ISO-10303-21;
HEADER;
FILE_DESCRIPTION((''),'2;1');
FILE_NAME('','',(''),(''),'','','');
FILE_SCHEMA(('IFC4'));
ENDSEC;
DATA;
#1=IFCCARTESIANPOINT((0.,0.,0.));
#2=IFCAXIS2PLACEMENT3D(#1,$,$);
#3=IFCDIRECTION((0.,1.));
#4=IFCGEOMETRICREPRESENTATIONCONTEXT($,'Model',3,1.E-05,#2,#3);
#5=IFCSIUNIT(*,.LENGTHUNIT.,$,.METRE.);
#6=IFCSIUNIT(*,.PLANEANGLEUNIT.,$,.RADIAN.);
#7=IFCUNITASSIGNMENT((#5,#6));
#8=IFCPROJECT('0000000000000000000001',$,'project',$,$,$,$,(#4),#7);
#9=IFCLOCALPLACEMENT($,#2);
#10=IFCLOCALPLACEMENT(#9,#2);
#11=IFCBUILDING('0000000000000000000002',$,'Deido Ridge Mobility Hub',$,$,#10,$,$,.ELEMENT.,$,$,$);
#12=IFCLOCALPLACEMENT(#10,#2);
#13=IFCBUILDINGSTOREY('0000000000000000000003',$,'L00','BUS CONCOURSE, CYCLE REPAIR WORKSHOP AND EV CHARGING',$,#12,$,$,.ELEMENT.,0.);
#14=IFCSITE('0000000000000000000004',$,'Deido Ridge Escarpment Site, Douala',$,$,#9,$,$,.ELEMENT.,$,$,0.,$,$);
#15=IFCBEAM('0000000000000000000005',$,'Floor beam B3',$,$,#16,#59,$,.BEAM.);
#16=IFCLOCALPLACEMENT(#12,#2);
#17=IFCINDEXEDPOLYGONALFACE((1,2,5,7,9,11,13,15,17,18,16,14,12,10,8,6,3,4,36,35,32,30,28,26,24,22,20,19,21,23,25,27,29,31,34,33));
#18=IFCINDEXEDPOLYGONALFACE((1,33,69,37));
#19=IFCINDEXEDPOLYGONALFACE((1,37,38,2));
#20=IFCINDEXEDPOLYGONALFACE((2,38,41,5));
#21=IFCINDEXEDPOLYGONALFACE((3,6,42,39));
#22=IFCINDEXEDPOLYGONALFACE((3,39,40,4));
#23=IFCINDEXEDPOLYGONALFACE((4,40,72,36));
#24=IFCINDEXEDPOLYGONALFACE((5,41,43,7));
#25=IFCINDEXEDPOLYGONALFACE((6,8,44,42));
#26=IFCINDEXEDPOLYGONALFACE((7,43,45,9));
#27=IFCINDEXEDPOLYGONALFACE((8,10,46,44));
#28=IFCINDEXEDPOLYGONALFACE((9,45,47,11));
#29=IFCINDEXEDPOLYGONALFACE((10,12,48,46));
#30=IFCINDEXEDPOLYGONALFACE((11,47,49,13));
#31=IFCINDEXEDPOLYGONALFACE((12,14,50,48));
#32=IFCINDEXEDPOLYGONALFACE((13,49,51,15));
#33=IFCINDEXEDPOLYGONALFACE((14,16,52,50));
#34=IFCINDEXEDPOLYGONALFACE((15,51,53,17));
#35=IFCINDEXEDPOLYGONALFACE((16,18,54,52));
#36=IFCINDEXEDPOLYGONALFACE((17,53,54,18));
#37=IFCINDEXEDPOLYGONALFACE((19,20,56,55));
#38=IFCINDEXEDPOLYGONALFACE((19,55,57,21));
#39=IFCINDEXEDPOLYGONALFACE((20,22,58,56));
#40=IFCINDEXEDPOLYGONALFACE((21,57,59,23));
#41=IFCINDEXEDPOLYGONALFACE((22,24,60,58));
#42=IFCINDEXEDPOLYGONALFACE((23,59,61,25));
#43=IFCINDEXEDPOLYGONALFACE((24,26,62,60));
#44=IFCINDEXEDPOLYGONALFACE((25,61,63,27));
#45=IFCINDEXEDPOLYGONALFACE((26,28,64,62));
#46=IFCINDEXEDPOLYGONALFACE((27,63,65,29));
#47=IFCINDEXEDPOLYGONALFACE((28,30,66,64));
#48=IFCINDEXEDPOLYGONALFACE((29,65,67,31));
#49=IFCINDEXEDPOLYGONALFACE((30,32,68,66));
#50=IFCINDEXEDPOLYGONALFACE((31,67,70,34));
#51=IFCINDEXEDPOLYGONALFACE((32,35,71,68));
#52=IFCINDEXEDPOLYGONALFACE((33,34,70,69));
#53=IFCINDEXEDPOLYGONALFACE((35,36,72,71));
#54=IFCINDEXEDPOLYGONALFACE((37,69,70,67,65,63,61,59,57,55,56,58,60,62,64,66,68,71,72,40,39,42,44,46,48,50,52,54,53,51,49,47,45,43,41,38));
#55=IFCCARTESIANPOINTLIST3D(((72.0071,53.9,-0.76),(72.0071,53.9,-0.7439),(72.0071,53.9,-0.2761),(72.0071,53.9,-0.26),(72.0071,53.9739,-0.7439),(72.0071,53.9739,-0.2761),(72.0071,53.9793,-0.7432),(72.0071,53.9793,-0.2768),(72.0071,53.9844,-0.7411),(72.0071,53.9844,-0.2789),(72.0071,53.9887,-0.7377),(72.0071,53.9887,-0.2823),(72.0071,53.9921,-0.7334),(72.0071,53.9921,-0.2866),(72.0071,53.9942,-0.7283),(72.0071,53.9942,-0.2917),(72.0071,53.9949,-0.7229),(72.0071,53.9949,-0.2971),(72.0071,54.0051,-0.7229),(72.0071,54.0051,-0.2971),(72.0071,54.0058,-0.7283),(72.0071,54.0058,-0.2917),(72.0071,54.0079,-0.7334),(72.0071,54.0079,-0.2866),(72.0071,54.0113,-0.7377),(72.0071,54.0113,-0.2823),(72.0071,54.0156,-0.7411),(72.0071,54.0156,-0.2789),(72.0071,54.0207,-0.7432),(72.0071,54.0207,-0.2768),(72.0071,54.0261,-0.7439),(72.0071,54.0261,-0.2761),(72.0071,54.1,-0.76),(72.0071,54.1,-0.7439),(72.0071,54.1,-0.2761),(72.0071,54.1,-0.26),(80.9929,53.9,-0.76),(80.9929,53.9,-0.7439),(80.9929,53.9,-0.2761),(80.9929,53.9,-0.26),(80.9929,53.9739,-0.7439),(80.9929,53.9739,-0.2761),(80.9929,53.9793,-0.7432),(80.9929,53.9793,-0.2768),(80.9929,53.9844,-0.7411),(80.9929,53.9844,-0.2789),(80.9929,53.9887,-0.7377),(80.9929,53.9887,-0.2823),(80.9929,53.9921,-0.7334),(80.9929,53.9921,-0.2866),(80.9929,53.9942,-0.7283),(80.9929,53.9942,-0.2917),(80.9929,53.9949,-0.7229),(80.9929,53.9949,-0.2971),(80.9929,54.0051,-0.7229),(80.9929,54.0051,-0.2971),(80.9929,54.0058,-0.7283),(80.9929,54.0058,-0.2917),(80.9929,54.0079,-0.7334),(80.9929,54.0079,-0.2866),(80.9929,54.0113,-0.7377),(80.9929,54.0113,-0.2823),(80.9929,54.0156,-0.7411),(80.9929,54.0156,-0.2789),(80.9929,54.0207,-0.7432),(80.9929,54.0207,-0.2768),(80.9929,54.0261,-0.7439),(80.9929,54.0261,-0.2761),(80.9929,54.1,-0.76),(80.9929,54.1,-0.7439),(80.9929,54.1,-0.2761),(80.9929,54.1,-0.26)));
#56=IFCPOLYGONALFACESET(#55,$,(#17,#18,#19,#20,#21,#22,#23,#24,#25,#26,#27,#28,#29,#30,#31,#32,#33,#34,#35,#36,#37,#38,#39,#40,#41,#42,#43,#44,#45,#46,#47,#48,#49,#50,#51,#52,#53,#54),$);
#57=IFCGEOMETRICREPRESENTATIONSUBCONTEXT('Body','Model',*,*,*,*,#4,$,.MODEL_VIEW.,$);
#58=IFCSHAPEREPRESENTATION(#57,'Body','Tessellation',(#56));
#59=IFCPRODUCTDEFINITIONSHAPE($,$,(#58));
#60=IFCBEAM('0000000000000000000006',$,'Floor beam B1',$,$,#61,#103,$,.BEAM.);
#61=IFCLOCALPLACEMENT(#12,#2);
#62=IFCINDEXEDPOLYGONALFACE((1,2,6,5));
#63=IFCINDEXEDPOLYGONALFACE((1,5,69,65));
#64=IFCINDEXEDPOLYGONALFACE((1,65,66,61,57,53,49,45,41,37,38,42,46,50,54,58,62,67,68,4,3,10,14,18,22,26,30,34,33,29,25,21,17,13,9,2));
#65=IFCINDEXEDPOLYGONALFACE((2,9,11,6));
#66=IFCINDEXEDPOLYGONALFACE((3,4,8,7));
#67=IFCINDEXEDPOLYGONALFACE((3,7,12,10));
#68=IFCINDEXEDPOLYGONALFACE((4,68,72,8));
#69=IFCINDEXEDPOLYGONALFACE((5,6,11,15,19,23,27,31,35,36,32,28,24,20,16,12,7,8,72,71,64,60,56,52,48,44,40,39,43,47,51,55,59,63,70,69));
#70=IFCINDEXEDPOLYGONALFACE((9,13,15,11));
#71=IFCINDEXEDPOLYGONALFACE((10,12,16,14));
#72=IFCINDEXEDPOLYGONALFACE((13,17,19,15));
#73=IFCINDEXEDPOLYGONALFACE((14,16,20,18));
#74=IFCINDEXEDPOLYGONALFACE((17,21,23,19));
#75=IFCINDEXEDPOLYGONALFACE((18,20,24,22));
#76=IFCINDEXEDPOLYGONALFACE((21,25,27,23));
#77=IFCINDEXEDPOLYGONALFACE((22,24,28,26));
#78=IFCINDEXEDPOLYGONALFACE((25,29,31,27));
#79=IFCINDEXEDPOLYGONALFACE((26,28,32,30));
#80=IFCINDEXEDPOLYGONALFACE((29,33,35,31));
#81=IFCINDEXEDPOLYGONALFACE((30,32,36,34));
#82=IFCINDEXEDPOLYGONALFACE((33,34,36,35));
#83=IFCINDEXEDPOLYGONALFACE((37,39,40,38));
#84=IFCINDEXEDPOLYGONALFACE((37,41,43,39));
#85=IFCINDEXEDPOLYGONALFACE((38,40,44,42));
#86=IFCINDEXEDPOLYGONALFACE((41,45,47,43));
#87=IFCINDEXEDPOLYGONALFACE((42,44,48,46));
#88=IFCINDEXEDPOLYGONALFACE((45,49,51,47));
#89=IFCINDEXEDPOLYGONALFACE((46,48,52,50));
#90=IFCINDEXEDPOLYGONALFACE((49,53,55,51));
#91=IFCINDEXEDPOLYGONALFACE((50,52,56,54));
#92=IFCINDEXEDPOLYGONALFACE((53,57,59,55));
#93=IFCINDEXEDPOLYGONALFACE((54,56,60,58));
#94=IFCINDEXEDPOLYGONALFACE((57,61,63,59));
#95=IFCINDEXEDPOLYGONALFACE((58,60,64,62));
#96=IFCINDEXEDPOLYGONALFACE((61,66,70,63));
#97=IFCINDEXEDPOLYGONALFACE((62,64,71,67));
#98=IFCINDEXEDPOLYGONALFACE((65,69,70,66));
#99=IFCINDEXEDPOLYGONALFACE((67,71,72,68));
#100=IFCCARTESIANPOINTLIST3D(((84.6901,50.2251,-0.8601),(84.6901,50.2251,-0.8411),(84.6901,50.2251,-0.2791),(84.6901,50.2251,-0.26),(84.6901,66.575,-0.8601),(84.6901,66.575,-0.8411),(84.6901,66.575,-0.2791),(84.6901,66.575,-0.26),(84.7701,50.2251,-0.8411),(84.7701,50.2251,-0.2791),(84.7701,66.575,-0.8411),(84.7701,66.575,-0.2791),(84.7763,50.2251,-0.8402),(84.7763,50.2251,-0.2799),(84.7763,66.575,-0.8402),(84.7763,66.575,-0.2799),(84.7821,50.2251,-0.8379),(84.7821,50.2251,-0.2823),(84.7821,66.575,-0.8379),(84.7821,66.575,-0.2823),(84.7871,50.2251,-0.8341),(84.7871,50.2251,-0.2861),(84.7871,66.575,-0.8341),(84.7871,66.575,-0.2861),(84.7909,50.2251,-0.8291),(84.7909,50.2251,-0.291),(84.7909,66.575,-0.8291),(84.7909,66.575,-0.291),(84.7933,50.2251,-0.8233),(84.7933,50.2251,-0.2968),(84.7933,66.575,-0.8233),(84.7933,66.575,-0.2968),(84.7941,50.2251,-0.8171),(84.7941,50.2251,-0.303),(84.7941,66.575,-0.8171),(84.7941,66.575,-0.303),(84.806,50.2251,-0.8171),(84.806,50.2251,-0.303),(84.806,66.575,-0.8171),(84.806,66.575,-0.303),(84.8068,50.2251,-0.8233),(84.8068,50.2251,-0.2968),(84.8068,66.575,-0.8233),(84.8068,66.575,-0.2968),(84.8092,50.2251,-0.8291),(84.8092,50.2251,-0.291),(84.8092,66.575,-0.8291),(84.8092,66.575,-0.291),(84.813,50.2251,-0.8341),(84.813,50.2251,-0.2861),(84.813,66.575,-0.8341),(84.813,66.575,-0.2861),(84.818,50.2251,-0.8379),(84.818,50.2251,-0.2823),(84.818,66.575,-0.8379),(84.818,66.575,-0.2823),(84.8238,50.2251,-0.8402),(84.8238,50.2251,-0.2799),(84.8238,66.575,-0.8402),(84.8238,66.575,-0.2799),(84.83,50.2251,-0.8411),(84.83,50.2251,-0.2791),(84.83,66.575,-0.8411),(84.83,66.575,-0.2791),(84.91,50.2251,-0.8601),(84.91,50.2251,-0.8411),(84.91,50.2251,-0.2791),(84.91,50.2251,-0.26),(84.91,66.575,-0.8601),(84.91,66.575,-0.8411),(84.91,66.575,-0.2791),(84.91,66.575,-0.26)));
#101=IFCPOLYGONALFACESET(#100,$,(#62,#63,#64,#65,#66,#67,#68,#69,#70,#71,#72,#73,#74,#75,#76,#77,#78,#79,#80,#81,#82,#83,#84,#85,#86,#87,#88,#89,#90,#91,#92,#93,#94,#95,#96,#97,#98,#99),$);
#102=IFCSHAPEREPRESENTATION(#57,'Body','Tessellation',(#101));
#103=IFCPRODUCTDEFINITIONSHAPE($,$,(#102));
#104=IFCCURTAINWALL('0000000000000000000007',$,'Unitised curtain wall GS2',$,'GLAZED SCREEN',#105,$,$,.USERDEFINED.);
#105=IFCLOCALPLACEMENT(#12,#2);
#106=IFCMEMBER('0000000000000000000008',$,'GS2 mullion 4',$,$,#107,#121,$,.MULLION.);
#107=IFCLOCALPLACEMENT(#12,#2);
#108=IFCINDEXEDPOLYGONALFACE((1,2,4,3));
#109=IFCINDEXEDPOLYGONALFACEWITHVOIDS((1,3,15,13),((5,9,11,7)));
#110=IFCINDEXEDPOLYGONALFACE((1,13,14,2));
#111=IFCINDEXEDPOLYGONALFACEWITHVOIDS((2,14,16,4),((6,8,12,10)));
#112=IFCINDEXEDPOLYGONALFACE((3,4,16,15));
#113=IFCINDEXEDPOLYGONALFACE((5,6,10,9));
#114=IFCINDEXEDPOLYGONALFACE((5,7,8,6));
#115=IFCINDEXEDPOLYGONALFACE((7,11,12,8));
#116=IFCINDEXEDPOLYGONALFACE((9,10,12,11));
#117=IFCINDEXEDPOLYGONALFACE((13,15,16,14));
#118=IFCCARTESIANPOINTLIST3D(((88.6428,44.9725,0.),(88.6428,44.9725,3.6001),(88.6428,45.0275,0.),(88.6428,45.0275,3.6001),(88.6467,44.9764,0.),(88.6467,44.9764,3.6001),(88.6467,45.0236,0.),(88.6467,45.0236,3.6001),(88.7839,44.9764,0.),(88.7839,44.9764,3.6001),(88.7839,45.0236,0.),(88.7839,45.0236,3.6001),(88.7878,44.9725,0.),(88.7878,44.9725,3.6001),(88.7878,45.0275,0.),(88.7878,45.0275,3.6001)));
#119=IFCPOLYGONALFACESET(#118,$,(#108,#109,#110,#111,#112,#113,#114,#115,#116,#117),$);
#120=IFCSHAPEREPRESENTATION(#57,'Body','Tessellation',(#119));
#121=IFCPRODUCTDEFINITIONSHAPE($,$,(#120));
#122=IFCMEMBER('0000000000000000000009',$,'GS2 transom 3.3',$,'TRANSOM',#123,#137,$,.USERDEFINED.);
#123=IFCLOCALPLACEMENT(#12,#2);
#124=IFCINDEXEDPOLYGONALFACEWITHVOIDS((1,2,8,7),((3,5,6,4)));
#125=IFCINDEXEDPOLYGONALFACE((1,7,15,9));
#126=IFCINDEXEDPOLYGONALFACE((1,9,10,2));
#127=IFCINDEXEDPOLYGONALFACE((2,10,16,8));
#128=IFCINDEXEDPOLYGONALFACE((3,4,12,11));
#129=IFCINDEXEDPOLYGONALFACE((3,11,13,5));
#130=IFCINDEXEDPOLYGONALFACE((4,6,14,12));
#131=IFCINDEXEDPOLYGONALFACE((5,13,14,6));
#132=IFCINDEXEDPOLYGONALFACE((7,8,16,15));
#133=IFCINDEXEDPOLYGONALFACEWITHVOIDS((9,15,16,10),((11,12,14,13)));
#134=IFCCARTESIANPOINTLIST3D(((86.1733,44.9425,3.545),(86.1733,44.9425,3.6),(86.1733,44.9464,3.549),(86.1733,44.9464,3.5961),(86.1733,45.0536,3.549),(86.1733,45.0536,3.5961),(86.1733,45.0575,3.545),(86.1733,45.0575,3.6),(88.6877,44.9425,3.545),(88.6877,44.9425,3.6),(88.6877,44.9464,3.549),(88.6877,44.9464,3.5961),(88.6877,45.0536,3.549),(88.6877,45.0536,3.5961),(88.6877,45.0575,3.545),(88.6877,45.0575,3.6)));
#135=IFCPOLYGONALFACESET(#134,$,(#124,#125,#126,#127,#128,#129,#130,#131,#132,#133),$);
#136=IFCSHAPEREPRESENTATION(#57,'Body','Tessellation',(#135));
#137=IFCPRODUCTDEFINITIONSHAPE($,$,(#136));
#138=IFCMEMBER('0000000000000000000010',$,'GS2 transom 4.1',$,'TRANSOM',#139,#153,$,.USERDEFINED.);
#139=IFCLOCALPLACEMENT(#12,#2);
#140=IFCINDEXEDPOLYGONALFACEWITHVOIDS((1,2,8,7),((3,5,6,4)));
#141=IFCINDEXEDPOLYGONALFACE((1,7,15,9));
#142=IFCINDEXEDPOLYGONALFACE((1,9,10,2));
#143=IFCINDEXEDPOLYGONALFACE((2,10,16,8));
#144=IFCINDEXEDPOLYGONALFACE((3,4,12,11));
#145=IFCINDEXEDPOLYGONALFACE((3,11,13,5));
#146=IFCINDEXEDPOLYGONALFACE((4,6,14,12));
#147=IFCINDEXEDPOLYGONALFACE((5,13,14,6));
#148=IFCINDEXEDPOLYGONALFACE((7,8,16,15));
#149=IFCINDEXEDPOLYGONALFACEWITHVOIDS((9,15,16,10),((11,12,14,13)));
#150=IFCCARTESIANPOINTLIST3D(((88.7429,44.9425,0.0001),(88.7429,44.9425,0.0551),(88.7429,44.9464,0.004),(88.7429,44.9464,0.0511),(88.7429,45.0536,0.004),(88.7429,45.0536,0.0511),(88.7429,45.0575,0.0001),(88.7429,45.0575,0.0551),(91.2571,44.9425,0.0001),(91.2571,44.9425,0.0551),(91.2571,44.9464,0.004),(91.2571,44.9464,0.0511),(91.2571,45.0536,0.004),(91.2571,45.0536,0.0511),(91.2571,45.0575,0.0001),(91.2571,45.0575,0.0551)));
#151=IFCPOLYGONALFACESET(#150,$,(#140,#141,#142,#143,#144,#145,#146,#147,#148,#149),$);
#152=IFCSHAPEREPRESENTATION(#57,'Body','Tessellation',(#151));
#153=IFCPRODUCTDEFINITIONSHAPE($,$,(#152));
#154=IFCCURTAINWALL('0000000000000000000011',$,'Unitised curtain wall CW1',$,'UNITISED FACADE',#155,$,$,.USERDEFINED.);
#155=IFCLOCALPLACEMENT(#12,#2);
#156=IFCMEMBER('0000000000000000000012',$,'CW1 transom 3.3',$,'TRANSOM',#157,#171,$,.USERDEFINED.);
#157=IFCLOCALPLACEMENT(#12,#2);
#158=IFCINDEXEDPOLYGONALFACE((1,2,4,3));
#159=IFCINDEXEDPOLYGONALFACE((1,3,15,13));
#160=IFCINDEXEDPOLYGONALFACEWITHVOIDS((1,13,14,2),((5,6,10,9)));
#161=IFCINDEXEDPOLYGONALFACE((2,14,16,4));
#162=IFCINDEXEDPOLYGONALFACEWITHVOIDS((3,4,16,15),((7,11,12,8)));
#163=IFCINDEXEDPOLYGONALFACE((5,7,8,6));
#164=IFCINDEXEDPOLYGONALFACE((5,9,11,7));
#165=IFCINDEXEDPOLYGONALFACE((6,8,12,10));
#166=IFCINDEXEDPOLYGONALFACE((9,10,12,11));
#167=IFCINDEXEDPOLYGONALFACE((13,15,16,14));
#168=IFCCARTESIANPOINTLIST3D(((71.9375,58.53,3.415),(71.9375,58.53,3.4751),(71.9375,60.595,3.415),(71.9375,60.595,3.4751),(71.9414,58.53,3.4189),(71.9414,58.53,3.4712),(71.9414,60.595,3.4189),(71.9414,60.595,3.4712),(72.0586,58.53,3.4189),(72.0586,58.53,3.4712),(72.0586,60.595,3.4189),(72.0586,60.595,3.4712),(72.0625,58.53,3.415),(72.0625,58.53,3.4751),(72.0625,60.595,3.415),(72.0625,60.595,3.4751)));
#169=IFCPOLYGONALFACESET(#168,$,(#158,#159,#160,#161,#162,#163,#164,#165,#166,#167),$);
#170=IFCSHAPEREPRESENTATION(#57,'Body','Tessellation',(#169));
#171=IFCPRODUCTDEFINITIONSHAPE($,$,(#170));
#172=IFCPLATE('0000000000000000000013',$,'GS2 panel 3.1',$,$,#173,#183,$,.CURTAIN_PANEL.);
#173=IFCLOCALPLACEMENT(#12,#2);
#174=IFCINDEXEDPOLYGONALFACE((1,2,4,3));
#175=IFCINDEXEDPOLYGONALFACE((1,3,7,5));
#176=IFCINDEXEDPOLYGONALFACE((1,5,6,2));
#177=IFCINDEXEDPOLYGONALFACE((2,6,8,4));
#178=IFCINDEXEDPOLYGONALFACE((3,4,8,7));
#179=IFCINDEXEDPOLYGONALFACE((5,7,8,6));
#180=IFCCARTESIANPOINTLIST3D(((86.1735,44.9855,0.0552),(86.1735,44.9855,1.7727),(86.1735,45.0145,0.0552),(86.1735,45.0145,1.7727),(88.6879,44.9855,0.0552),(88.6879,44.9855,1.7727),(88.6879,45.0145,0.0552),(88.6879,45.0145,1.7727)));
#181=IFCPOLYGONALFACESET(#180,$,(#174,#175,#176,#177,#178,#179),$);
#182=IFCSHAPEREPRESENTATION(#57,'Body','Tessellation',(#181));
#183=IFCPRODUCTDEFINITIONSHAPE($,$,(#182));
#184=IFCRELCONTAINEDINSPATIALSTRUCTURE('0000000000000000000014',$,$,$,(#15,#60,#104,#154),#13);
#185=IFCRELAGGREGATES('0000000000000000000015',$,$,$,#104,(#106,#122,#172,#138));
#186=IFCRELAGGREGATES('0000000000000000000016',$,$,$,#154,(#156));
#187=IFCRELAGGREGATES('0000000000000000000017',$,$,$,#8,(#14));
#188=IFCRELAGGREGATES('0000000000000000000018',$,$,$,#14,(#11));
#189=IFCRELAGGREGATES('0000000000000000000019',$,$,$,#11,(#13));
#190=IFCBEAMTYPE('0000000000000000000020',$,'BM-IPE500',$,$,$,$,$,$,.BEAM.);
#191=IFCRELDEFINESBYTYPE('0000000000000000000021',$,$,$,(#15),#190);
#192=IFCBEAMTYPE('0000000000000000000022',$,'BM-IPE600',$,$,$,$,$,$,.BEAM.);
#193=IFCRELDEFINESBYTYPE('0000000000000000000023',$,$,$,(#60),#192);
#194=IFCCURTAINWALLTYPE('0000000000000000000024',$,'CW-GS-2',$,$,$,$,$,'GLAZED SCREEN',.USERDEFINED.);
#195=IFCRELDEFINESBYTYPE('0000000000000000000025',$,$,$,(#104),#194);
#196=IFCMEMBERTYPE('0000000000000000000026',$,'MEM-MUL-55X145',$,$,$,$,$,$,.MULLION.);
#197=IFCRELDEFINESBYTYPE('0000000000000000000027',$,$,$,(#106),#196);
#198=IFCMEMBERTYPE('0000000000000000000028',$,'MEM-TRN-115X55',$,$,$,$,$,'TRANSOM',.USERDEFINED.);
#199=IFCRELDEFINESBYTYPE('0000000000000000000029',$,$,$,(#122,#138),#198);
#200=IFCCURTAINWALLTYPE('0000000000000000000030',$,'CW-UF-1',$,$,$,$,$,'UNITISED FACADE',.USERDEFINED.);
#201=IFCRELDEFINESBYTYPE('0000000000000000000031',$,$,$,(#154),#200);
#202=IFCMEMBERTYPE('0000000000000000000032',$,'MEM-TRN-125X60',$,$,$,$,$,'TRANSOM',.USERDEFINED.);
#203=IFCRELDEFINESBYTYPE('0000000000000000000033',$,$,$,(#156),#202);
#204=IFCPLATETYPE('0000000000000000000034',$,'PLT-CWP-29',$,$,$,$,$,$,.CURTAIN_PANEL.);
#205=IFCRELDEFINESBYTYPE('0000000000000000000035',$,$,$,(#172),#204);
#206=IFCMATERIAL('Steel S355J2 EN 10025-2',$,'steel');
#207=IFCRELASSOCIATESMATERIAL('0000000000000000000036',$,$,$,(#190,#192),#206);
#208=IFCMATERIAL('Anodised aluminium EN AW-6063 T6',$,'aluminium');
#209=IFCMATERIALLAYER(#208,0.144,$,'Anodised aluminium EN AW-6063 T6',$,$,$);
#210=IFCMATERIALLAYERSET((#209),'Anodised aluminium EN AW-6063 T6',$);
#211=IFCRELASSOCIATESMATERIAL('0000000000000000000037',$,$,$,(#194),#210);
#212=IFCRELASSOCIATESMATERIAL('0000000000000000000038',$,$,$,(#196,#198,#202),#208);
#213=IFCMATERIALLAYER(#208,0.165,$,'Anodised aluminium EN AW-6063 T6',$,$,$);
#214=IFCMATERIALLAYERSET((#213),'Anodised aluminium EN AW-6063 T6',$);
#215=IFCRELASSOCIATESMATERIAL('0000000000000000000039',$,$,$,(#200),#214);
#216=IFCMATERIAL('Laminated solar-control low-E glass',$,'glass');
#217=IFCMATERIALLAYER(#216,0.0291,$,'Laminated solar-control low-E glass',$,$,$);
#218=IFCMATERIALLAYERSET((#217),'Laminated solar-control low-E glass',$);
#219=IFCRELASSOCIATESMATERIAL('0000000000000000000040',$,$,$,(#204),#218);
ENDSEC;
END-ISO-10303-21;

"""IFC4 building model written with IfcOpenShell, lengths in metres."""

from ifc_helpers import new_model, si_unit, direction, frame, origin, origin_2d, place, context, subcontext, project, spatial, rectangle, hollow_rectangle, i_section, extrude, material, layer, layer_set, material_profile, profile_set, type_object, element, aggregate, save


model = new_model("IFC4")

# Units and contexts
model_context = context("Model", 3, precision=1e-05, world=origin(), true_north=direction((0.0, 1.0)))
body_context = subcontext(model_context, "Body", "Model", "MODEL_VIEW")
ifc_project = project(units=[si_unit("LENGTHUNIT", "METRE"), si_unit("PLANEANGLEUNIT", "RADIAN")], contexts=[model_context])

# Site, building, storey
site_placement = place(None, origin())
site = spatial("IfcSite", under=ifc_project, at=site_placement, Name="Deido Ridge Escarpment Site, Douala", CompositionType="ELEMENT", RefElevation=0.0)
building_placement = place(site_placement, origin())
building = spatial("IfcBuilding", under=site, at=building_placement, Name="Deido Ridge Mobility Hub", CompositionType="ELEMENT")
storey_placement = place(building_placement, origin())
storey = spatial("IfcBuildingStorey", under=building, at=storey_placement, Name="L00", Description="BUS CONCOURSE, CYCLE REPAIR WORKSHOP AND EV CHARGING", CompositionType="ELEMENT", Elevation=0.0)

# Shared definitions
ifc_material_1 = material(Name="Steel S355J2 EN 10025-2", Category="steel")

# Beams
ifc_material_profile_1 = material_profile(ifc_material_1, i_section(OverallWidth=0.2, OverallDepth=0.5, WebThickness=0.0103, FlangeThickness=0.0161, FilletRadius=0.021, at=origin_2d()), Name="IPE 500")
ifc_profile_set_1 = profile_set([ifc_material_profile_1], Name="Steel S355J2 EN 10025-2")
beam_type_1 = type_object("IfcBeamType", Name="BM-IPE500", PredefinedType="BEAM", material=ifc_profile_set_1)
beam_1_placement = place(storey_placement, frame((72.0071, 54.0, -0.51), z_axis=(1.0, 0.0, 0.0), x_axis=(0.0, 1.0, 0.0)))
element("IfcBeam", 1, at=beam_1_placement, inside=storey, type_object=beam_type_1, Name="Floor beam B3", PredefinedType="BEAM", context=body_context, shape_type="SweptSolid", body=[
    extrude(i_section(OverallWidth=0.2, OverallDepth=0.5, WebThickness=0.0103, FlangeThickness=0.0161, FilletRadius=0.021, at=origin_2d()), origin(), (0.0, 0.0, 1.0), 8.9858),
])
ifc_material_profile_2 = material_profile(ifc_material_1, i_section(OverallWidth=0.22, OverallDepth=0.6001, WebThickness=0.012, FlangeThickness=0.019, FilletRadius=0.0239, at=origin_2d()), Name="IPE 600")
ifc_profile_set_2 = profile_set([ifc_material_profile_2], Name="Steel S355J2 EN 10025-2")
beam_type_2 = type_object("IfcBeamType", Name="BM-IPE600", PredefinedType="BEAM", material=ifc_profile_set_2)
beam_2_placement = place(storey_placement, frame((84.8, 50.2251, -0.5601), z_axis=(0.0, 1.0, 0.0), x_axis=(-1.0, 0.0, 0.0)))
element("IfcBeam", 2, at=beam_2_placement, inside=storey, type_object=beam_type_2, Name="Floor beam B1", PredefinedType="BEAM", context=body_context, shape_type="SweptSolid", body=[
    extrude(i_section(OverallWidth=0.22, OverallDepth=0.6001, WebThickness=0.012, FlangeThickness=0.019, FilletRadius=0.0239, at=origin_2d()), origin(), (0.0, 0.0, 1.0), 16.3499),
])

# Curtain wall, members
ifc_material_2 = material(Name="Anodised aluminium EN AW-6063 T6", Category="aluminium")
ifc_layer_1 = layer(ifc_material_2, 0.144, Name="Anodised aluminium EN AW-6063 T6")
ifc_layer_set_1 = layer_set([ifc_layer_1], Name="Anodised aluminium EN AW-6063 T6")
curtain_wall_type_1 = type_object("IfcCurtainWallType", Name="CW-GS-2", ElementType="GLAZED SCREEN", PredefinedType="USERDEFINED", material=ifc_layer_set_1)
curtain_wall_1_placement = place(storey_placement, origin())
curtain_wall_1 = element("IfcCurtainWall", 3, at=curtain_wall_1_placement, inside=storey, type_object=curtain_wall_type_1, Name="Unitised curtain wall GS2", ObjectType="GLAZED SCREEN", PredefinedType="USERDEFINED")
ifc_material_profile_3 = material_profile(ifc_material_2, hollow_rectangle(XDim=0.0549, YDim=0.145, WallThickness=0.0039, at=origin_2d()), Name="RHS 55x145x4")
ifc_profile_set_3 = profile_set([ifc_material_profile_3], Name="Anodised aluminium EN AW-6063 T6")
member_type_1 = type_object("IfcMemberType", Name="MEM-MUL-55X145", PredefinedType="MULLION", material=ifc_profile_set_3)
member_1_placement = place(storey_placement, frame((88.7153, 45.0, 0.0), z_axis=(0.0, 0.0, 1.0), x_axis=(0.0, 1.0, 0.0)))
member_1 = element("IfcMember", 4, at=member_1_placement, type_object=member_type_1, Name="GS2 mullion 4", PredefinedType="MULLION", context=body_context, shape_type="SweptSolid", body=[
    extrude(hollow_rectangle(XDim=0.0549, YDim=0.145, WallThickness=0.0039, at=origin_2d()), origin(), (0.0, 0.0, 1.0), 3.6001),
])
ifc_material_profile_4 = material_profile(ifc_material_2, hollow_rectangle(XDim=0.115, YDim=0.0549, WallThickness=0.0039, at=origin_2d()), Name="RHS 115x55x4")
ifc_profile_set_4 = profile_set([ifc_material_profile_4], Name="Anodised aluminium EN AW-6063 T6")
member_type_2 = type_object("IfcMemberType", Name="MEM-TRN-115X55", ElementType="TRANSOM", PredefinedType="USERDEFINED", material=ifc_profile_set_4)
member_2_placement = place(storey_placement, frame((86.1733, 45.0, 3.5725), z_axis=(1.0, 0.0, 0.0), x_axis=(0.0, 1.0, 0.0)))
member_2 = element("IfcMember", 5, at=member_2_placement, type_object=member_type_2, Name="GS2 transom 3.3", ObjectType="TRANSOM", PredefinedType="USERDEFINED", context=body_context, shape_type="SweptSolid", body=[
    extrude(hollow_rectangle(XDim=0.115, YDim=0.0549, WallThickness=0.0039, at=origin_2d()), origin(), (0.0, 0.0, 1.0), 2.5144),
])
member_3_placement = place(storey_placement, frame((88.7429, 45.0, 0.0276), z_axis=(1.0, 0.0, 0.0), x_axis=(0.0, 1.0, 0.0)))
member_3 = element("IfcMember", 6, at=member_3_placement, type_object=member_type_2, Name="GS2 transom 4.1", ObjectType="TRANSOM", PredefinedType="USERDEFINED", context=body_context, shape_type="SweptSolid", body=[
    extrude(hollow_rectangle(XDim=0.115, YDim=0.0549, WallThickness=0.0039, at=origin_2d()), origin(), (0.0, 0.0, 1.0), 2.5142),
])

# Curtain wall, member
ifc_layer_2 = layer(ifc_material_2, 0.165, Name="Anodised aluminium EN AW-6063 T6")
ifc_layer_set_2 = layer_set([ifc_layer_2], Name="Anodised aluminium EN AW-6063 T6")
curtain_wall_type_2 = type_object("IfcCurtainWallType", Name="CW-UF-1", ElementType="UNITISED FACADE", PredefinedType="USERDEFINED", material=ifc_layer_set_2)
curtain_wall_2_placement = place(storey_placement, origin())
curtain_wall_2 = element("IfcCurtainWall", 7, at=curtain_wall_2_placement, inside=storey, type_object=curtain_wall_type_2, Name="Unitised curtain wall CW1", ObjectType="UNITISED FACADE", PredefinedType="USERDEFINED")
ifc_material_profile_5 = material_profile(ifc_material_2, hollow_rectangle(XDim=0.125, YDim=0.0601, WallThickness=0.0039, at=origin_2d()), Name="RHS 125x60x4")
ifc_profile_set_5 = profile_set([ifc_material_profile_5], Name="Anodised aluminium EN AW-6063 T6")
member_type_3 = type_object("IfcMemberType", Name="MEM-TRN-125X60", ElementType="TRANSOM", PredefinedType="USERDEFINED", material=ifc_profile_set_5)
member_4_placement = place(storey_placement, frame((72.0, 58.53, 3.4451), z_axis=(0.0, 1.0, 0.0), x_axis=(-1.0, 0.0, 0.0)))
member_4 = element("IfcMember", 8, at=member_4_placement, type_object=member_type_3, Name="CW1 transom 3.3", ObjectType="TRANSOM", PredefinedType="USERDEFINED", context=body_context, shape_type="SweptSolid", body=[
    extrude(hollow_rectangle(XDim=0.125, YDim=0.0601, WallThickness=0.0039, at=origin_2d()), origin(), (0.0, 0.0, 1.0), 2.0649),
])

# Plate
ifc_material_3 = material(Name="Laminated solar-control low-E glass", Category="glass")
ifc_layer_3 = layer(ifc_material_3, 0.0291, Name="Laminated solar-control low-E glass")
ifc_layer_set_3 = layer_set([ifc_layer_3], Name="Laminated solar-control low-E glass")
plate_type_1 = type_object("IfcPlateType", Name="PLT-CWP-29", PredefinedType="CURTAIN_PANEL", material=ifc_layer_set_3)
plate_1_placement = place(storey_placement, frame((87.4307, 45.0, 0.0552), z_axis=(0.0, 0.0, 1.0), x_axis=(1.0, 0.0, 0.0)))
plate_1 = element("IfcPlate", 9, at=plate_1_placement, type_object=plate_type_1, Name="GS2 panel 3.1", PredefinedType="CURTAIN_PANEL", context=body_context, shape_type="SweptSolid", body=[
    extrude(rectangle(XDim=2.5144, YDim=0.0291, at=origin_2d()), origin(), (0.0, 0.0, 1.0), 1.7175),
])
aggregate(curtain_wall_1, [member_1, member_2, plate_1, member_3])
aggregate(curtain_wall_2, [member_4])

save(model, "model.ifc")
